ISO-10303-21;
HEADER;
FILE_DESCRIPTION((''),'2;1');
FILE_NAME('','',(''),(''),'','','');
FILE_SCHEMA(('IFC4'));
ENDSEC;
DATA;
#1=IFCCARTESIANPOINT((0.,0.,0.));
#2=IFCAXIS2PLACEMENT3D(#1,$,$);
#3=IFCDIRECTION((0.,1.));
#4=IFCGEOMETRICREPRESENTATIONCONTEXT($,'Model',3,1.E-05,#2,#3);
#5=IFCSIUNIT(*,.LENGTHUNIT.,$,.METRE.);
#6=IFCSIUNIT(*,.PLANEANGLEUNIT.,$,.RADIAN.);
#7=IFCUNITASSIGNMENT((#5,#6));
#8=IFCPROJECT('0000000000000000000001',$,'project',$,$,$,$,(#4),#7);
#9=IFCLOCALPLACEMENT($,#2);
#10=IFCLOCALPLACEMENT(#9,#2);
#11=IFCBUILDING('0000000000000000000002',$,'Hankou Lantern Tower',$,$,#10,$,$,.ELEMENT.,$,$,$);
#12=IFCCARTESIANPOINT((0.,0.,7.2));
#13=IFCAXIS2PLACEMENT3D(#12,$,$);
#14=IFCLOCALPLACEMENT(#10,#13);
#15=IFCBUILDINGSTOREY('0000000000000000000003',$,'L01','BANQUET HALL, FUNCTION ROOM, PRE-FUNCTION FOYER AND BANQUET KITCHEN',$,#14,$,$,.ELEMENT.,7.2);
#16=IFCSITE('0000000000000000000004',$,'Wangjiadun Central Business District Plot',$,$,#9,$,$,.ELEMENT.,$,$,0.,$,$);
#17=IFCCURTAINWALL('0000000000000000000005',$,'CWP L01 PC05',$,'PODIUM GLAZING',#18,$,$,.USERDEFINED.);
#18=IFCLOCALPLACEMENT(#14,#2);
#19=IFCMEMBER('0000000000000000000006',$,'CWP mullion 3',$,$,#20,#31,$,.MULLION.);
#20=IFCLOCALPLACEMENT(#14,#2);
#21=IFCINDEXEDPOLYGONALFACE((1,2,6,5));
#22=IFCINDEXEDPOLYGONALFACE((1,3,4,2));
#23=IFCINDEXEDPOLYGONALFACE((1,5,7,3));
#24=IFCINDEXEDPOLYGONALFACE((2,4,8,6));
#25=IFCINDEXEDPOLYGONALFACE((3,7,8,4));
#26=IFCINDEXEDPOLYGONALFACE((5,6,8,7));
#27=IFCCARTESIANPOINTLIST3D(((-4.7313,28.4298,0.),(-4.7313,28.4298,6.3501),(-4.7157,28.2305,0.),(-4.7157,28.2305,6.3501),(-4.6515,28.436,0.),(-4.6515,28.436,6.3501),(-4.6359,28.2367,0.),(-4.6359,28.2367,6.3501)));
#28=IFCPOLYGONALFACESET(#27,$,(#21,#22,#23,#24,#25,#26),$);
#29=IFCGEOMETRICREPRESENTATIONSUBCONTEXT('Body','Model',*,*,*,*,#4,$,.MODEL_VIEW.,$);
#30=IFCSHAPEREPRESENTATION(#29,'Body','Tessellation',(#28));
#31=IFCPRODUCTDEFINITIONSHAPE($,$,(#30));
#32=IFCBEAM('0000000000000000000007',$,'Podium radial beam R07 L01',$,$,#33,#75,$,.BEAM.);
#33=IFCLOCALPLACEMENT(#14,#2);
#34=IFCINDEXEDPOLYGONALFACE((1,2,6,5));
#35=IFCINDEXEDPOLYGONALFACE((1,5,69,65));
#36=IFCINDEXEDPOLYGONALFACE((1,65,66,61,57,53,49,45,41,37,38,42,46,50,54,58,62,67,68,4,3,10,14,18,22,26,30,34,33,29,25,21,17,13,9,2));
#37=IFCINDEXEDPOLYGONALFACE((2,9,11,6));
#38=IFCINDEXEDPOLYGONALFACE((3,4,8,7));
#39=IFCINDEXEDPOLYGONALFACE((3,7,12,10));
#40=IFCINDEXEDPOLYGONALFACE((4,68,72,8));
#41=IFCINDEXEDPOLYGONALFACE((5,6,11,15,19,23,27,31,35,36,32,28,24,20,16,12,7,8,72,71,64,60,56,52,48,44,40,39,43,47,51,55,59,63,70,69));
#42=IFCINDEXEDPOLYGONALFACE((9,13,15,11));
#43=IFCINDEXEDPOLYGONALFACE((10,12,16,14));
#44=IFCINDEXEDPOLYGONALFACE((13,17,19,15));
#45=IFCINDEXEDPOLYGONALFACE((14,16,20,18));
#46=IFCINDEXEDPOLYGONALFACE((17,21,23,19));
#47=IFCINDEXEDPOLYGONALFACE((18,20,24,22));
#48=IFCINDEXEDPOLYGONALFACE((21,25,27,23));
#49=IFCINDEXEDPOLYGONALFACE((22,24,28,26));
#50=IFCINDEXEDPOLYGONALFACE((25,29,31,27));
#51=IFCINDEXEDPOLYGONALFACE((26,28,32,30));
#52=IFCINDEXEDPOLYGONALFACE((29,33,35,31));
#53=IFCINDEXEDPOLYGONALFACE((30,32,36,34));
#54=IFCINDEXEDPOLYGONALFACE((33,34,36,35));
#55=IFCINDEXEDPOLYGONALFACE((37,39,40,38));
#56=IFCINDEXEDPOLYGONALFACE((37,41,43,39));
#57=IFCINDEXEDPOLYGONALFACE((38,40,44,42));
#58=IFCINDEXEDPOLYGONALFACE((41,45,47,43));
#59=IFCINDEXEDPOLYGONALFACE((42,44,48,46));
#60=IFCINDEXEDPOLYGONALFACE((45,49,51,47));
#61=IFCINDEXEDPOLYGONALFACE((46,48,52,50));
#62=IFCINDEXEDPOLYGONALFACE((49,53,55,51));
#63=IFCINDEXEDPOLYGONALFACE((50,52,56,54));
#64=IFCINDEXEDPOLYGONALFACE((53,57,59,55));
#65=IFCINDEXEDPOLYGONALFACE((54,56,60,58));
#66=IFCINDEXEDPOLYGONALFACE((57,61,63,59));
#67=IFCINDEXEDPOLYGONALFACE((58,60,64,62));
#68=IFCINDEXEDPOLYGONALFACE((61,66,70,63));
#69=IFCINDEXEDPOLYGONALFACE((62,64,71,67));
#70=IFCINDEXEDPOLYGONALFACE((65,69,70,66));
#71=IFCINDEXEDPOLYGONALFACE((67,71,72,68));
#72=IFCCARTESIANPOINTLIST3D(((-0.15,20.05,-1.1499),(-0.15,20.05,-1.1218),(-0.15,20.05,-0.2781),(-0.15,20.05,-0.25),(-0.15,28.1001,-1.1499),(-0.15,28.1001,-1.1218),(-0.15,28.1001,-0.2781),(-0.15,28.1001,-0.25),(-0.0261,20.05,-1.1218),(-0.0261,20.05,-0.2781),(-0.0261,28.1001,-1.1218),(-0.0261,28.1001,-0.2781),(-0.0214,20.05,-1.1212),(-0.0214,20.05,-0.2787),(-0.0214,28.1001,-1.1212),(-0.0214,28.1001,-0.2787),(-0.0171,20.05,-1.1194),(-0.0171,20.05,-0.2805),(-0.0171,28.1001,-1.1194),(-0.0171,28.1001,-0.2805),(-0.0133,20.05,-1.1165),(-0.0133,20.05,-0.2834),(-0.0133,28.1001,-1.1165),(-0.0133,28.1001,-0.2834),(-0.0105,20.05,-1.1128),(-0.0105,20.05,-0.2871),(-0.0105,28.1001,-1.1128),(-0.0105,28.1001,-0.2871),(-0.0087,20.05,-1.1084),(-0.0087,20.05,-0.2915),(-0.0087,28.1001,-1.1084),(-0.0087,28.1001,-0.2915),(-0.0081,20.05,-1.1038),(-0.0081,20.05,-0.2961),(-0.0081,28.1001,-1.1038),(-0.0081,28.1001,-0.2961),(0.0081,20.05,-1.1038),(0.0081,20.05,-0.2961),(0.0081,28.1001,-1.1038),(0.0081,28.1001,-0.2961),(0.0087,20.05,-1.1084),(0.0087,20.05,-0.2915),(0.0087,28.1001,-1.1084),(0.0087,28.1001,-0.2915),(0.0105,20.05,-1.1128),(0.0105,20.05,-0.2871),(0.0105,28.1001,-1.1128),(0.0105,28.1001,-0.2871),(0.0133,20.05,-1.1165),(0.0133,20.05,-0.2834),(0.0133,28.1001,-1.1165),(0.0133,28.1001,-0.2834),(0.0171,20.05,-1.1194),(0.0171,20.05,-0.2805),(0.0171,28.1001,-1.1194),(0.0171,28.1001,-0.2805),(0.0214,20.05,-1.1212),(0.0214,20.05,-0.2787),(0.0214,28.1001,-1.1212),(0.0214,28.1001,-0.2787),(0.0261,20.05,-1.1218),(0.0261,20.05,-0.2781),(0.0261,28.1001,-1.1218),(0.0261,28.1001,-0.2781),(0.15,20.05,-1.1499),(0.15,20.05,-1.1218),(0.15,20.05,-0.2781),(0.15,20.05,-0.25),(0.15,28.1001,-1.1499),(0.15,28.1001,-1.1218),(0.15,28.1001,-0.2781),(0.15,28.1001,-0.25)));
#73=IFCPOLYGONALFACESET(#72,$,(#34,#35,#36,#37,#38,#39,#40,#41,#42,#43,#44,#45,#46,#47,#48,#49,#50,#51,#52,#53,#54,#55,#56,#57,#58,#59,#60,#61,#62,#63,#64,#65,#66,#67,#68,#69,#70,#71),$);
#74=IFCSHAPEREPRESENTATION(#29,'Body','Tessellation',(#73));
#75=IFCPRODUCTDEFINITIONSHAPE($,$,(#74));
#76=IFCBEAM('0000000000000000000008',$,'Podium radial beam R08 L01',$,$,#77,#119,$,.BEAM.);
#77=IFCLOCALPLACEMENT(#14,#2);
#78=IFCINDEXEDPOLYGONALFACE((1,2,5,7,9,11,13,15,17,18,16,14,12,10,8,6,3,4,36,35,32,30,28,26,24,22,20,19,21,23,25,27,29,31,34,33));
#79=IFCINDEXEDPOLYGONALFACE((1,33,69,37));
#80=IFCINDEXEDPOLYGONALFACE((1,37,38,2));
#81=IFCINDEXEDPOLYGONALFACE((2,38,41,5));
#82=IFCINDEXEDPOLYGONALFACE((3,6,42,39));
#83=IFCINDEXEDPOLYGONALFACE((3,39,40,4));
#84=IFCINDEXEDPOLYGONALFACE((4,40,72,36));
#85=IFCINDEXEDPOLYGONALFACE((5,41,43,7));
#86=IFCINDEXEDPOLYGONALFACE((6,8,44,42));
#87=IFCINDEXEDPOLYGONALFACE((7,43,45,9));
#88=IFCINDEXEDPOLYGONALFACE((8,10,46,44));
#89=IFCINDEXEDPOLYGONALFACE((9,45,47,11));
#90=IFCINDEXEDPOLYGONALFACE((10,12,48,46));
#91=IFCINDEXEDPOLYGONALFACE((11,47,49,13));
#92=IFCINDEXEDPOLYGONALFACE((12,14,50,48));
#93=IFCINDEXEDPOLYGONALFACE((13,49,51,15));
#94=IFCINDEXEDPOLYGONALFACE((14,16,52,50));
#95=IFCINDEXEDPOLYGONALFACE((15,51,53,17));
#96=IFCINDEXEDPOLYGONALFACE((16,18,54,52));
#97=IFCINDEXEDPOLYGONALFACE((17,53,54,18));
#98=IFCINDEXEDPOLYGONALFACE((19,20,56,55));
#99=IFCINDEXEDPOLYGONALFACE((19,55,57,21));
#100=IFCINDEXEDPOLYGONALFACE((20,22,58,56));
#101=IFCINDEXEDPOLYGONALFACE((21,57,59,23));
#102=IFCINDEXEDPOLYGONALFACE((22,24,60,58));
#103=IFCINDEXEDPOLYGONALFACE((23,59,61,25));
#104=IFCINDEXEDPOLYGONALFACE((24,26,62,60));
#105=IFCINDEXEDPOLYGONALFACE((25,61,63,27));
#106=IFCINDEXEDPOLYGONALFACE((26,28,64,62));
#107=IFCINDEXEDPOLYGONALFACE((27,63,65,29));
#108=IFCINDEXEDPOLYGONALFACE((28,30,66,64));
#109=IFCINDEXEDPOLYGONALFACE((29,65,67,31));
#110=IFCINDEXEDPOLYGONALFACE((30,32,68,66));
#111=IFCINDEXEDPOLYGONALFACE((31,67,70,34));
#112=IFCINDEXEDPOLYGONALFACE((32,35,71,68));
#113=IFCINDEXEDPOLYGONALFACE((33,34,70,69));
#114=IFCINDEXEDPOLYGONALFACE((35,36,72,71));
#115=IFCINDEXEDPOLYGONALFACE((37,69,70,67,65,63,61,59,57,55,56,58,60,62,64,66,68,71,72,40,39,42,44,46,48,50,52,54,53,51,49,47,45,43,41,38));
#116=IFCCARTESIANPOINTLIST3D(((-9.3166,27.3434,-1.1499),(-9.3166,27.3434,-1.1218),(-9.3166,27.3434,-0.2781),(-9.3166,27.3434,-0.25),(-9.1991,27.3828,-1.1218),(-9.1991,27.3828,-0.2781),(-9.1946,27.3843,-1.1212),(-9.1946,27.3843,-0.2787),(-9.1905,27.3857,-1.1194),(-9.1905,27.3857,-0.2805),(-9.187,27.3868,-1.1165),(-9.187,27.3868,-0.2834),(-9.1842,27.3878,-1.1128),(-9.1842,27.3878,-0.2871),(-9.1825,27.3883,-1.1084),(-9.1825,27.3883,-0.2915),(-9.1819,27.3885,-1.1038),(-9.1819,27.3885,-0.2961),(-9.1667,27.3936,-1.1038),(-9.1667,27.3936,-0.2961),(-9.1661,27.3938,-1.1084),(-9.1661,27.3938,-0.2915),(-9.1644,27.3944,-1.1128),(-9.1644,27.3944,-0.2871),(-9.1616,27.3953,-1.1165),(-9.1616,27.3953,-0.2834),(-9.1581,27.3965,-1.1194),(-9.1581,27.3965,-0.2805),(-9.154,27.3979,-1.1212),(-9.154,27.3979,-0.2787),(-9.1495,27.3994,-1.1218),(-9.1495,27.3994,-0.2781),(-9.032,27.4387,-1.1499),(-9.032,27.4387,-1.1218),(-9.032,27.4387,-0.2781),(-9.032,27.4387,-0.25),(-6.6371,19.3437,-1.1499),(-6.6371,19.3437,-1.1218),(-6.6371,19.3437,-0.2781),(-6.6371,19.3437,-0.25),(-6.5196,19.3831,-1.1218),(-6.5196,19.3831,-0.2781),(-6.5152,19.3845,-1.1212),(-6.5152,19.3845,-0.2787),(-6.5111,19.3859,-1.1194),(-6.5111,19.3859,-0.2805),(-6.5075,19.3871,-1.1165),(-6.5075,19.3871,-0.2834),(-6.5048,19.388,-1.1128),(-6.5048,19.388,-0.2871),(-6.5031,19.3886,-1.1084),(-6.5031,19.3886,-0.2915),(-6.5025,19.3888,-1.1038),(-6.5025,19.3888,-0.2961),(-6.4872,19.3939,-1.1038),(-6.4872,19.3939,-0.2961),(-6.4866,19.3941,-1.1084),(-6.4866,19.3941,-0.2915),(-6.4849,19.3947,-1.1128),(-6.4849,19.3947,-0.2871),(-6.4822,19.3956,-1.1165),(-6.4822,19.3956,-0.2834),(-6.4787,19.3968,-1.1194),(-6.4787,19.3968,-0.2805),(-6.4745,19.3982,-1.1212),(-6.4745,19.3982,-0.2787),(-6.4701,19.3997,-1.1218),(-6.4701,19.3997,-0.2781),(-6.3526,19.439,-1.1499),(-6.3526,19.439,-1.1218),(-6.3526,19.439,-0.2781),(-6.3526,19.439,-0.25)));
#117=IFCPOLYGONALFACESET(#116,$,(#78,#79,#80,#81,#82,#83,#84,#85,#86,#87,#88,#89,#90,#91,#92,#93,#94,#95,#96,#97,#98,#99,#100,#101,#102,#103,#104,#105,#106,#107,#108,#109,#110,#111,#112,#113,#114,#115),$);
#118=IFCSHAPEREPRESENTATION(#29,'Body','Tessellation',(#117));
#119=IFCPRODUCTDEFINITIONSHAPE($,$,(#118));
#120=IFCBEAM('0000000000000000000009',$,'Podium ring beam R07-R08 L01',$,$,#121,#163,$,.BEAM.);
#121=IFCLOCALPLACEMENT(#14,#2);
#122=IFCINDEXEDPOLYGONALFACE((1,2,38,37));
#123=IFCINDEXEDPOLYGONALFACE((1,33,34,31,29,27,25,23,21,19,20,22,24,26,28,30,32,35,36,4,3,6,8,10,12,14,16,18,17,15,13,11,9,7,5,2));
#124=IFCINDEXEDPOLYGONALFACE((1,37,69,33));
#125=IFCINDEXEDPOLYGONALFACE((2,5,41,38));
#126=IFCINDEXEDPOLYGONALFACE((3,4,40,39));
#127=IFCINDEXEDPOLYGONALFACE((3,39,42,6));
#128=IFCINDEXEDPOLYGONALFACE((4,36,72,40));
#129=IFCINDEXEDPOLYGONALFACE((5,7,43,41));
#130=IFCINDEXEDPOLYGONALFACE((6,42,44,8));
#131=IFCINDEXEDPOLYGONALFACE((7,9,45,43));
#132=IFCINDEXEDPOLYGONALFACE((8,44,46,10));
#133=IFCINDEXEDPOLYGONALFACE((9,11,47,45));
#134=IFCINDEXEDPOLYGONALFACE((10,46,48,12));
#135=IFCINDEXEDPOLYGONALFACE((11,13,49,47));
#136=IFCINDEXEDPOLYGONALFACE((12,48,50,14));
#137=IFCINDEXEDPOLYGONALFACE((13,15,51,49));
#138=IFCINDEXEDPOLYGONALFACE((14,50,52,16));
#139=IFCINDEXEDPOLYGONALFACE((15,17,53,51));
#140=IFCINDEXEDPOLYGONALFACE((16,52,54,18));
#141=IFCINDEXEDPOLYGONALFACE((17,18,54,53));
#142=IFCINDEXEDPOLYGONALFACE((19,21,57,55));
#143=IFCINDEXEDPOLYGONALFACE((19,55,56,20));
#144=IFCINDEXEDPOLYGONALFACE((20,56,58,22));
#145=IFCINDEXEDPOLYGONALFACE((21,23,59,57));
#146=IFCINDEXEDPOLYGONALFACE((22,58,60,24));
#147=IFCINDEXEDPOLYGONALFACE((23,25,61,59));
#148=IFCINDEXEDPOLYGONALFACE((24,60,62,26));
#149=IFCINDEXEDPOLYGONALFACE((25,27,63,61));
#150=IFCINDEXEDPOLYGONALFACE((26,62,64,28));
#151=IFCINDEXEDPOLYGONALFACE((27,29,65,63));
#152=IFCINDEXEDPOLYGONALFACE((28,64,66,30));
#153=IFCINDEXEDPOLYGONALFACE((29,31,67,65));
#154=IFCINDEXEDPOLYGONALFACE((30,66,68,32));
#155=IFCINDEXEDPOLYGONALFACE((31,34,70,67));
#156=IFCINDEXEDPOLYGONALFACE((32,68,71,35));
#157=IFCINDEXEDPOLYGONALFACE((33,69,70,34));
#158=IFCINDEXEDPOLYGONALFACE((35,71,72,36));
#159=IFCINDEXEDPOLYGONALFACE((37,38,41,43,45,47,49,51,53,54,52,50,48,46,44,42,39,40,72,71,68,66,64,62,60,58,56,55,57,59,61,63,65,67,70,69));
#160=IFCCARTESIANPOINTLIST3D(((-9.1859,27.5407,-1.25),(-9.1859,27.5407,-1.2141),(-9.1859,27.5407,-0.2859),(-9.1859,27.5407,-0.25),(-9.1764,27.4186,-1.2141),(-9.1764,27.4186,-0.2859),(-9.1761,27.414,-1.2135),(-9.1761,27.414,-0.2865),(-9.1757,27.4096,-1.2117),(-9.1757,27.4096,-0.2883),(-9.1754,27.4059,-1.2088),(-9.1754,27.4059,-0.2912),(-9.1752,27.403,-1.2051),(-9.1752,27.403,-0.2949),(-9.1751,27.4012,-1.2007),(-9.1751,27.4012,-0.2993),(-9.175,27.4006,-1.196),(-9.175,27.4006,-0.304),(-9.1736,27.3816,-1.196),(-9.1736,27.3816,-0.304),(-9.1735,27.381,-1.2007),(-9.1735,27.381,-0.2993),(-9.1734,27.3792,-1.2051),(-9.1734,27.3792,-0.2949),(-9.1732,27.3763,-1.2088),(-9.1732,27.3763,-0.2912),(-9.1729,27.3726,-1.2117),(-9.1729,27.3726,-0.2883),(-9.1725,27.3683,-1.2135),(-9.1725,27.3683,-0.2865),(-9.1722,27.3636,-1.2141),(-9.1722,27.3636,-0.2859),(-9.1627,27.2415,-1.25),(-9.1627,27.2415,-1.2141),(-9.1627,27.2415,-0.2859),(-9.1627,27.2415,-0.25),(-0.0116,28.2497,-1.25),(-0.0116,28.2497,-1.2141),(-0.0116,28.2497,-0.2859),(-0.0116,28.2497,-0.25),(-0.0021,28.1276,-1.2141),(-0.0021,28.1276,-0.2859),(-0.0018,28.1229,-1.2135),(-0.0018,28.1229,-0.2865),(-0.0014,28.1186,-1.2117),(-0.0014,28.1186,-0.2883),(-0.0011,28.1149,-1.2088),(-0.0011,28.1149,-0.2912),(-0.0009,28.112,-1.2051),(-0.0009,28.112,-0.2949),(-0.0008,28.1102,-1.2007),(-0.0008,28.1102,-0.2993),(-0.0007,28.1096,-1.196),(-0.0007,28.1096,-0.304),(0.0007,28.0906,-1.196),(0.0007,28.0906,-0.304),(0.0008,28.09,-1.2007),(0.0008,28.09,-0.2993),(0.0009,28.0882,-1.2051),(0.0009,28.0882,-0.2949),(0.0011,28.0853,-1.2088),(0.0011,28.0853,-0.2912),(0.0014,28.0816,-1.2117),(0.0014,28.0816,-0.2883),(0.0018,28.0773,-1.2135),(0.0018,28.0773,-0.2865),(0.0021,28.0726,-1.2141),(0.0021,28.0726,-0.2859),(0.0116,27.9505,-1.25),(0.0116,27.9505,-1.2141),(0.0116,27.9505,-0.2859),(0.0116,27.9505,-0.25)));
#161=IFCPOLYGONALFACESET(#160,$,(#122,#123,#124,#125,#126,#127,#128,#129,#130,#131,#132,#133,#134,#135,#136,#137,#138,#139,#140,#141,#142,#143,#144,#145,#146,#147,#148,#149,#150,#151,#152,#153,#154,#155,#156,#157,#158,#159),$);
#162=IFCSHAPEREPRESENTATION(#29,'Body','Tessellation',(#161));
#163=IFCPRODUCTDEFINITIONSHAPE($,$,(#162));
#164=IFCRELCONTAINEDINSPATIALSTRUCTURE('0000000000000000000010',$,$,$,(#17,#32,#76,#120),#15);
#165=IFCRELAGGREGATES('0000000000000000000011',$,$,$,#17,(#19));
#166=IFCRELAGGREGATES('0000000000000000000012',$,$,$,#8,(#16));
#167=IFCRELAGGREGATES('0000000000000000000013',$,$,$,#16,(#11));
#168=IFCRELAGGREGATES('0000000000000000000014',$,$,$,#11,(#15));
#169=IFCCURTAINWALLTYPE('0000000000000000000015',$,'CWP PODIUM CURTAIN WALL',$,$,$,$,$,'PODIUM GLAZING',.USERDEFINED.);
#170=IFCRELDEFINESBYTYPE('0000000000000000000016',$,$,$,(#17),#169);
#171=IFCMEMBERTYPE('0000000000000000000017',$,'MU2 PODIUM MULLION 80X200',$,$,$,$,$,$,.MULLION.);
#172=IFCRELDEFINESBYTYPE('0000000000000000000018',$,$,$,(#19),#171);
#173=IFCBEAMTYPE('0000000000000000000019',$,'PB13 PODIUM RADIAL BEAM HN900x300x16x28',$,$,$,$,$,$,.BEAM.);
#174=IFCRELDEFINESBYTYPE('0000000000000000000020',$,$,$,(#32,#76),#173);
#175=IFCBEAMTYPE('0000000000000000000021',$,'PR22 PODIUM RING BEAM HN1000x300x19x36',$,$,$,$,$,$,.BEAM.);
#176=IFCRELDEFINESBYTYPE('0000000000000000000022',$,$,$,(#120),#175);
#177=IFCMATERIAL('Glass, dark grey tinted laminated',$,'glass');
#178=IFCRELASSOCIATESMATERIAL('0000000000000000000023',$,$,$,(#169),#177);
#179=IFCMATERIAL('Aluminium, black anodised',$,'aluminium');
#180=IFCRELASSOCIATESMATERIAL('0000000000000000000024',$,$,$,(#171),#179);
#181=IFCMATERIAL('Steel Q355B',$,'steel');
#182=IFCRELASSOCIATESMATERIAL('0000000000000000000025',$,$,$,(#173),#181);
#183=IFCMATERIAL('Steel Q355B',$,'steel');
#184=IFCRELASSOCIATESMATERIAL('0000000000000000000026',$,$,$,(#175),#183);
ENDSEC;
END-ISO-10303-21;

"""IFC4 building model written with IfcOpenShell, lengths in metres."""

from ifc_helpers import new_model, si_unit, direction, frame, origin, origin_2d, place, context, subcontext, project, spatial, rectangle, i_section, extrude, material, material_profile, profile_set, type_object, element, aggregate, save


model = new_model("IFC4")

# Units and contexts
model_context = context("Model", 3, precision=1e-05, world=origin(), true_north=direction((0.0, 1.0)))
body_context = subcontext(model_context, "Body", "Model", "MODEL_VIEW")
ifc_project = project(units=[si_unit("LENGTHUNIT", "METRE"), si_unit("PLANEANGLEUNIT", "RADIAN")], contexts=[model_context])

# Site, building, storey
site_placement = place(None, origin())
site = spatial("IfcSite", under=ifc_project, at=site_placement, Name="Wangjiadun Central Business District Plot", CompositionType="ELEMENT", RefElevation=0.0)
building_placement = place(site_placement, origin())
building = spatial("IfcBuilding", under=site, at=building_placement, Name="Hankou Lantern Tower", CompositionType="ELEMENT")
storey_placement = place(building_placement, frame((0.0, 0.0, 7.2)))
storey = spatial("IfcBuildingStorey", under=building, at=storey_placement, Name="L01", Description="BANQUET HALL, FUNCTION ROOM, PRE-FUNCTION FOYER AND BANQUET KITCHEN", CompositionType="ELEMENT", Elevation=7.2)

# Curtain wall, member
ifc_material_1 = material(Name="Glass, dark grey tinted laminated", Category="glass")
curtain_wall_type = type_object("IfcCurtainWallType", Name="CWP PODIUM CURTAIN WALL", ElementType="PODIUM GLAZING", PredefinedType="USERDEFINED", material=ifc_material_1)
curtain_wall_placement = place(storey_placement, origin())
curtain_wall = element("IfcCurtainWall", 1, at=curtain_wall_placement, inside=storey, type_object=curtain_wall_type, Name="CWP L01 PC05", ObjectType="PODIUM GLAZING", PredefinedType="USERDEFINED")
ifc_material_2 = material(Name="Aluminium, black anodised", Category="aluminium")
ifc_material_profile_1 = material_profile(ifc_material_2, rectangle(XDim=0.0801, YDim=0.2, at=origin_2d()), Name="MU2 80X200")
ifc_profile_set_1 = profile_set([ifc_material_profile_1], Name="Aluminium, black anodised")
member_type_1 = type_object("IfcMemberType", Name="MU2 PODIUM MULLION 80X200", PredefinedType="MULLION", material=ifc_profile_set_1)
member_1_placement = place(storey_placement, frame((-4.6836, 28.3333, 0.0), z_axis=(0.0, 0.0, 1.0), x_axis=(-0.996949, -0.078062, 0.0)))
member_1 = element("IfcMember", 2, at=member_1_placement, type_object=member_type_1, Name="CWP mullion 3", PredefinedType="MULLION", context=body_context, shape_type="SweptSolid", body=[
    extrude(rectangle(XDim=0.0801, YDim=0.2, at=origin_2d()), origin(), (0.0, 0.0, 1.0), 6.3501),
])

# Beams
ifc_material_3 = material(Name="Steel Q355B", Category="steel")
ifc_material_profile_2 = material_profile(ifc_material_3, i_section(OverallWidth=0.3, OverallDepth=0.8999, WebThickness=0.0161, FlangeThickness=0.0281, FilletRadius=0.0181, at=origin_2d()), Name="HN900x300x16x28")
ifc_profile_set_2 = profile_set([ifc_material_profile_2], Name="Steel Q355B")
beam_type_1 = type_object("IfcBeamType", Name="PB13 PODIUM RADIAL BEAM HN900x300x16x28", PredefinedType="BEAM", material=ifc_profile_set_2)
beam_1_placement = place(storey_placement, frame((0.0, 20.05, -0.7), z_axis=(0.0, 1.0, 0.0), x_axis=(-1.0, 0.0, 0.0)))
element("IfcBeam", 3, at=beam_1_placement, inside=storey, type_object=beam_type_1, Name="Podium radial beam R07 L01", PredefinedType="BEAM", context=body_context, shape_type="SweptSolid", body=[
    extrude(i_section(OverallWidth=0.3, OverallDepth=0.8999, WebThickness=0.0161, FlangeThickness=0.0281, FilletRadius=0.0181, at=origin_2d()), origin(), (0.0, 0.0, 1.0), 8.05),
])
beam_2_placement = place(storey_placement, frame((-6.4949, 19.3914, -0.7), z_axis=(-0.317599, 0.948225, 0.0), x_axis=(-0.948225, -0.317599, 0.0)))
element("IfcBeam", 4, at=beam_2_placement, inside=storey, type_object=beam_type_1, Name="Podium radial beam R08 L01", PredefinedType="BEAM", context=body_context, shape_type="SweptSolid", body=[
    extrude(i_section(OverallWidth=0.3, OverallDepth=0.8999, WebThickness=0.0161, FlangeThickness=0.0281, FilletRadius=0.0181, at=origin_2d()), origin(), (0.0, 0.0, 1.0), 8.4365),
])
ifc_material_4 = material(Name="Steel Q355B", Category="steel")
ifc_material_profile_3 = material_profile(ifc_material_4, i_section(OverallWidth=0.3, OverallDepth=1.0, WebThickness=0.019, FlangeThickness=0.0359, FilletRadius=0.0181, at=origin_2d()), Name="HN1000x300x19x36")
ifc_profile_set_3 = profile_set([ifc_material_profile_3], Name="Steel Q355B")
beam_type_2 = type_object("IfcBeamType", Name="PR22 PODIUM RING BEAM HN1000x300x19x36", PredefinedType="BEAM", material=ifc_profile_set_3)
beam_3_placement = place(storey_placement, frame((0.0, 28.1001, -0.75), z_axis=(-0.997027, -0.07705, 0.0), x_axis=(0.07705, -0.997027, 0.0)))
element("IfcBeam", 5, at=beam_3_placement, inside=storey, type_object=beam_type_2, Name="Podium ring beam R07-R08 L01", PredefinedType="BEAM", context=body_context, shape_type="SweptSolid", body=[
    extrude(i_section(OverallWidth=0.3, OverallDepth=1.0, WebThickness=0.019, FlangeThickness=0.0359, FilletRadius=0.0181, at=origin_2d()), origin(), (0.0, 0.0, 1.0), 9.2017),
])

aggregate(curtain_wall, [member_1])

save(model, "model.ifc")
